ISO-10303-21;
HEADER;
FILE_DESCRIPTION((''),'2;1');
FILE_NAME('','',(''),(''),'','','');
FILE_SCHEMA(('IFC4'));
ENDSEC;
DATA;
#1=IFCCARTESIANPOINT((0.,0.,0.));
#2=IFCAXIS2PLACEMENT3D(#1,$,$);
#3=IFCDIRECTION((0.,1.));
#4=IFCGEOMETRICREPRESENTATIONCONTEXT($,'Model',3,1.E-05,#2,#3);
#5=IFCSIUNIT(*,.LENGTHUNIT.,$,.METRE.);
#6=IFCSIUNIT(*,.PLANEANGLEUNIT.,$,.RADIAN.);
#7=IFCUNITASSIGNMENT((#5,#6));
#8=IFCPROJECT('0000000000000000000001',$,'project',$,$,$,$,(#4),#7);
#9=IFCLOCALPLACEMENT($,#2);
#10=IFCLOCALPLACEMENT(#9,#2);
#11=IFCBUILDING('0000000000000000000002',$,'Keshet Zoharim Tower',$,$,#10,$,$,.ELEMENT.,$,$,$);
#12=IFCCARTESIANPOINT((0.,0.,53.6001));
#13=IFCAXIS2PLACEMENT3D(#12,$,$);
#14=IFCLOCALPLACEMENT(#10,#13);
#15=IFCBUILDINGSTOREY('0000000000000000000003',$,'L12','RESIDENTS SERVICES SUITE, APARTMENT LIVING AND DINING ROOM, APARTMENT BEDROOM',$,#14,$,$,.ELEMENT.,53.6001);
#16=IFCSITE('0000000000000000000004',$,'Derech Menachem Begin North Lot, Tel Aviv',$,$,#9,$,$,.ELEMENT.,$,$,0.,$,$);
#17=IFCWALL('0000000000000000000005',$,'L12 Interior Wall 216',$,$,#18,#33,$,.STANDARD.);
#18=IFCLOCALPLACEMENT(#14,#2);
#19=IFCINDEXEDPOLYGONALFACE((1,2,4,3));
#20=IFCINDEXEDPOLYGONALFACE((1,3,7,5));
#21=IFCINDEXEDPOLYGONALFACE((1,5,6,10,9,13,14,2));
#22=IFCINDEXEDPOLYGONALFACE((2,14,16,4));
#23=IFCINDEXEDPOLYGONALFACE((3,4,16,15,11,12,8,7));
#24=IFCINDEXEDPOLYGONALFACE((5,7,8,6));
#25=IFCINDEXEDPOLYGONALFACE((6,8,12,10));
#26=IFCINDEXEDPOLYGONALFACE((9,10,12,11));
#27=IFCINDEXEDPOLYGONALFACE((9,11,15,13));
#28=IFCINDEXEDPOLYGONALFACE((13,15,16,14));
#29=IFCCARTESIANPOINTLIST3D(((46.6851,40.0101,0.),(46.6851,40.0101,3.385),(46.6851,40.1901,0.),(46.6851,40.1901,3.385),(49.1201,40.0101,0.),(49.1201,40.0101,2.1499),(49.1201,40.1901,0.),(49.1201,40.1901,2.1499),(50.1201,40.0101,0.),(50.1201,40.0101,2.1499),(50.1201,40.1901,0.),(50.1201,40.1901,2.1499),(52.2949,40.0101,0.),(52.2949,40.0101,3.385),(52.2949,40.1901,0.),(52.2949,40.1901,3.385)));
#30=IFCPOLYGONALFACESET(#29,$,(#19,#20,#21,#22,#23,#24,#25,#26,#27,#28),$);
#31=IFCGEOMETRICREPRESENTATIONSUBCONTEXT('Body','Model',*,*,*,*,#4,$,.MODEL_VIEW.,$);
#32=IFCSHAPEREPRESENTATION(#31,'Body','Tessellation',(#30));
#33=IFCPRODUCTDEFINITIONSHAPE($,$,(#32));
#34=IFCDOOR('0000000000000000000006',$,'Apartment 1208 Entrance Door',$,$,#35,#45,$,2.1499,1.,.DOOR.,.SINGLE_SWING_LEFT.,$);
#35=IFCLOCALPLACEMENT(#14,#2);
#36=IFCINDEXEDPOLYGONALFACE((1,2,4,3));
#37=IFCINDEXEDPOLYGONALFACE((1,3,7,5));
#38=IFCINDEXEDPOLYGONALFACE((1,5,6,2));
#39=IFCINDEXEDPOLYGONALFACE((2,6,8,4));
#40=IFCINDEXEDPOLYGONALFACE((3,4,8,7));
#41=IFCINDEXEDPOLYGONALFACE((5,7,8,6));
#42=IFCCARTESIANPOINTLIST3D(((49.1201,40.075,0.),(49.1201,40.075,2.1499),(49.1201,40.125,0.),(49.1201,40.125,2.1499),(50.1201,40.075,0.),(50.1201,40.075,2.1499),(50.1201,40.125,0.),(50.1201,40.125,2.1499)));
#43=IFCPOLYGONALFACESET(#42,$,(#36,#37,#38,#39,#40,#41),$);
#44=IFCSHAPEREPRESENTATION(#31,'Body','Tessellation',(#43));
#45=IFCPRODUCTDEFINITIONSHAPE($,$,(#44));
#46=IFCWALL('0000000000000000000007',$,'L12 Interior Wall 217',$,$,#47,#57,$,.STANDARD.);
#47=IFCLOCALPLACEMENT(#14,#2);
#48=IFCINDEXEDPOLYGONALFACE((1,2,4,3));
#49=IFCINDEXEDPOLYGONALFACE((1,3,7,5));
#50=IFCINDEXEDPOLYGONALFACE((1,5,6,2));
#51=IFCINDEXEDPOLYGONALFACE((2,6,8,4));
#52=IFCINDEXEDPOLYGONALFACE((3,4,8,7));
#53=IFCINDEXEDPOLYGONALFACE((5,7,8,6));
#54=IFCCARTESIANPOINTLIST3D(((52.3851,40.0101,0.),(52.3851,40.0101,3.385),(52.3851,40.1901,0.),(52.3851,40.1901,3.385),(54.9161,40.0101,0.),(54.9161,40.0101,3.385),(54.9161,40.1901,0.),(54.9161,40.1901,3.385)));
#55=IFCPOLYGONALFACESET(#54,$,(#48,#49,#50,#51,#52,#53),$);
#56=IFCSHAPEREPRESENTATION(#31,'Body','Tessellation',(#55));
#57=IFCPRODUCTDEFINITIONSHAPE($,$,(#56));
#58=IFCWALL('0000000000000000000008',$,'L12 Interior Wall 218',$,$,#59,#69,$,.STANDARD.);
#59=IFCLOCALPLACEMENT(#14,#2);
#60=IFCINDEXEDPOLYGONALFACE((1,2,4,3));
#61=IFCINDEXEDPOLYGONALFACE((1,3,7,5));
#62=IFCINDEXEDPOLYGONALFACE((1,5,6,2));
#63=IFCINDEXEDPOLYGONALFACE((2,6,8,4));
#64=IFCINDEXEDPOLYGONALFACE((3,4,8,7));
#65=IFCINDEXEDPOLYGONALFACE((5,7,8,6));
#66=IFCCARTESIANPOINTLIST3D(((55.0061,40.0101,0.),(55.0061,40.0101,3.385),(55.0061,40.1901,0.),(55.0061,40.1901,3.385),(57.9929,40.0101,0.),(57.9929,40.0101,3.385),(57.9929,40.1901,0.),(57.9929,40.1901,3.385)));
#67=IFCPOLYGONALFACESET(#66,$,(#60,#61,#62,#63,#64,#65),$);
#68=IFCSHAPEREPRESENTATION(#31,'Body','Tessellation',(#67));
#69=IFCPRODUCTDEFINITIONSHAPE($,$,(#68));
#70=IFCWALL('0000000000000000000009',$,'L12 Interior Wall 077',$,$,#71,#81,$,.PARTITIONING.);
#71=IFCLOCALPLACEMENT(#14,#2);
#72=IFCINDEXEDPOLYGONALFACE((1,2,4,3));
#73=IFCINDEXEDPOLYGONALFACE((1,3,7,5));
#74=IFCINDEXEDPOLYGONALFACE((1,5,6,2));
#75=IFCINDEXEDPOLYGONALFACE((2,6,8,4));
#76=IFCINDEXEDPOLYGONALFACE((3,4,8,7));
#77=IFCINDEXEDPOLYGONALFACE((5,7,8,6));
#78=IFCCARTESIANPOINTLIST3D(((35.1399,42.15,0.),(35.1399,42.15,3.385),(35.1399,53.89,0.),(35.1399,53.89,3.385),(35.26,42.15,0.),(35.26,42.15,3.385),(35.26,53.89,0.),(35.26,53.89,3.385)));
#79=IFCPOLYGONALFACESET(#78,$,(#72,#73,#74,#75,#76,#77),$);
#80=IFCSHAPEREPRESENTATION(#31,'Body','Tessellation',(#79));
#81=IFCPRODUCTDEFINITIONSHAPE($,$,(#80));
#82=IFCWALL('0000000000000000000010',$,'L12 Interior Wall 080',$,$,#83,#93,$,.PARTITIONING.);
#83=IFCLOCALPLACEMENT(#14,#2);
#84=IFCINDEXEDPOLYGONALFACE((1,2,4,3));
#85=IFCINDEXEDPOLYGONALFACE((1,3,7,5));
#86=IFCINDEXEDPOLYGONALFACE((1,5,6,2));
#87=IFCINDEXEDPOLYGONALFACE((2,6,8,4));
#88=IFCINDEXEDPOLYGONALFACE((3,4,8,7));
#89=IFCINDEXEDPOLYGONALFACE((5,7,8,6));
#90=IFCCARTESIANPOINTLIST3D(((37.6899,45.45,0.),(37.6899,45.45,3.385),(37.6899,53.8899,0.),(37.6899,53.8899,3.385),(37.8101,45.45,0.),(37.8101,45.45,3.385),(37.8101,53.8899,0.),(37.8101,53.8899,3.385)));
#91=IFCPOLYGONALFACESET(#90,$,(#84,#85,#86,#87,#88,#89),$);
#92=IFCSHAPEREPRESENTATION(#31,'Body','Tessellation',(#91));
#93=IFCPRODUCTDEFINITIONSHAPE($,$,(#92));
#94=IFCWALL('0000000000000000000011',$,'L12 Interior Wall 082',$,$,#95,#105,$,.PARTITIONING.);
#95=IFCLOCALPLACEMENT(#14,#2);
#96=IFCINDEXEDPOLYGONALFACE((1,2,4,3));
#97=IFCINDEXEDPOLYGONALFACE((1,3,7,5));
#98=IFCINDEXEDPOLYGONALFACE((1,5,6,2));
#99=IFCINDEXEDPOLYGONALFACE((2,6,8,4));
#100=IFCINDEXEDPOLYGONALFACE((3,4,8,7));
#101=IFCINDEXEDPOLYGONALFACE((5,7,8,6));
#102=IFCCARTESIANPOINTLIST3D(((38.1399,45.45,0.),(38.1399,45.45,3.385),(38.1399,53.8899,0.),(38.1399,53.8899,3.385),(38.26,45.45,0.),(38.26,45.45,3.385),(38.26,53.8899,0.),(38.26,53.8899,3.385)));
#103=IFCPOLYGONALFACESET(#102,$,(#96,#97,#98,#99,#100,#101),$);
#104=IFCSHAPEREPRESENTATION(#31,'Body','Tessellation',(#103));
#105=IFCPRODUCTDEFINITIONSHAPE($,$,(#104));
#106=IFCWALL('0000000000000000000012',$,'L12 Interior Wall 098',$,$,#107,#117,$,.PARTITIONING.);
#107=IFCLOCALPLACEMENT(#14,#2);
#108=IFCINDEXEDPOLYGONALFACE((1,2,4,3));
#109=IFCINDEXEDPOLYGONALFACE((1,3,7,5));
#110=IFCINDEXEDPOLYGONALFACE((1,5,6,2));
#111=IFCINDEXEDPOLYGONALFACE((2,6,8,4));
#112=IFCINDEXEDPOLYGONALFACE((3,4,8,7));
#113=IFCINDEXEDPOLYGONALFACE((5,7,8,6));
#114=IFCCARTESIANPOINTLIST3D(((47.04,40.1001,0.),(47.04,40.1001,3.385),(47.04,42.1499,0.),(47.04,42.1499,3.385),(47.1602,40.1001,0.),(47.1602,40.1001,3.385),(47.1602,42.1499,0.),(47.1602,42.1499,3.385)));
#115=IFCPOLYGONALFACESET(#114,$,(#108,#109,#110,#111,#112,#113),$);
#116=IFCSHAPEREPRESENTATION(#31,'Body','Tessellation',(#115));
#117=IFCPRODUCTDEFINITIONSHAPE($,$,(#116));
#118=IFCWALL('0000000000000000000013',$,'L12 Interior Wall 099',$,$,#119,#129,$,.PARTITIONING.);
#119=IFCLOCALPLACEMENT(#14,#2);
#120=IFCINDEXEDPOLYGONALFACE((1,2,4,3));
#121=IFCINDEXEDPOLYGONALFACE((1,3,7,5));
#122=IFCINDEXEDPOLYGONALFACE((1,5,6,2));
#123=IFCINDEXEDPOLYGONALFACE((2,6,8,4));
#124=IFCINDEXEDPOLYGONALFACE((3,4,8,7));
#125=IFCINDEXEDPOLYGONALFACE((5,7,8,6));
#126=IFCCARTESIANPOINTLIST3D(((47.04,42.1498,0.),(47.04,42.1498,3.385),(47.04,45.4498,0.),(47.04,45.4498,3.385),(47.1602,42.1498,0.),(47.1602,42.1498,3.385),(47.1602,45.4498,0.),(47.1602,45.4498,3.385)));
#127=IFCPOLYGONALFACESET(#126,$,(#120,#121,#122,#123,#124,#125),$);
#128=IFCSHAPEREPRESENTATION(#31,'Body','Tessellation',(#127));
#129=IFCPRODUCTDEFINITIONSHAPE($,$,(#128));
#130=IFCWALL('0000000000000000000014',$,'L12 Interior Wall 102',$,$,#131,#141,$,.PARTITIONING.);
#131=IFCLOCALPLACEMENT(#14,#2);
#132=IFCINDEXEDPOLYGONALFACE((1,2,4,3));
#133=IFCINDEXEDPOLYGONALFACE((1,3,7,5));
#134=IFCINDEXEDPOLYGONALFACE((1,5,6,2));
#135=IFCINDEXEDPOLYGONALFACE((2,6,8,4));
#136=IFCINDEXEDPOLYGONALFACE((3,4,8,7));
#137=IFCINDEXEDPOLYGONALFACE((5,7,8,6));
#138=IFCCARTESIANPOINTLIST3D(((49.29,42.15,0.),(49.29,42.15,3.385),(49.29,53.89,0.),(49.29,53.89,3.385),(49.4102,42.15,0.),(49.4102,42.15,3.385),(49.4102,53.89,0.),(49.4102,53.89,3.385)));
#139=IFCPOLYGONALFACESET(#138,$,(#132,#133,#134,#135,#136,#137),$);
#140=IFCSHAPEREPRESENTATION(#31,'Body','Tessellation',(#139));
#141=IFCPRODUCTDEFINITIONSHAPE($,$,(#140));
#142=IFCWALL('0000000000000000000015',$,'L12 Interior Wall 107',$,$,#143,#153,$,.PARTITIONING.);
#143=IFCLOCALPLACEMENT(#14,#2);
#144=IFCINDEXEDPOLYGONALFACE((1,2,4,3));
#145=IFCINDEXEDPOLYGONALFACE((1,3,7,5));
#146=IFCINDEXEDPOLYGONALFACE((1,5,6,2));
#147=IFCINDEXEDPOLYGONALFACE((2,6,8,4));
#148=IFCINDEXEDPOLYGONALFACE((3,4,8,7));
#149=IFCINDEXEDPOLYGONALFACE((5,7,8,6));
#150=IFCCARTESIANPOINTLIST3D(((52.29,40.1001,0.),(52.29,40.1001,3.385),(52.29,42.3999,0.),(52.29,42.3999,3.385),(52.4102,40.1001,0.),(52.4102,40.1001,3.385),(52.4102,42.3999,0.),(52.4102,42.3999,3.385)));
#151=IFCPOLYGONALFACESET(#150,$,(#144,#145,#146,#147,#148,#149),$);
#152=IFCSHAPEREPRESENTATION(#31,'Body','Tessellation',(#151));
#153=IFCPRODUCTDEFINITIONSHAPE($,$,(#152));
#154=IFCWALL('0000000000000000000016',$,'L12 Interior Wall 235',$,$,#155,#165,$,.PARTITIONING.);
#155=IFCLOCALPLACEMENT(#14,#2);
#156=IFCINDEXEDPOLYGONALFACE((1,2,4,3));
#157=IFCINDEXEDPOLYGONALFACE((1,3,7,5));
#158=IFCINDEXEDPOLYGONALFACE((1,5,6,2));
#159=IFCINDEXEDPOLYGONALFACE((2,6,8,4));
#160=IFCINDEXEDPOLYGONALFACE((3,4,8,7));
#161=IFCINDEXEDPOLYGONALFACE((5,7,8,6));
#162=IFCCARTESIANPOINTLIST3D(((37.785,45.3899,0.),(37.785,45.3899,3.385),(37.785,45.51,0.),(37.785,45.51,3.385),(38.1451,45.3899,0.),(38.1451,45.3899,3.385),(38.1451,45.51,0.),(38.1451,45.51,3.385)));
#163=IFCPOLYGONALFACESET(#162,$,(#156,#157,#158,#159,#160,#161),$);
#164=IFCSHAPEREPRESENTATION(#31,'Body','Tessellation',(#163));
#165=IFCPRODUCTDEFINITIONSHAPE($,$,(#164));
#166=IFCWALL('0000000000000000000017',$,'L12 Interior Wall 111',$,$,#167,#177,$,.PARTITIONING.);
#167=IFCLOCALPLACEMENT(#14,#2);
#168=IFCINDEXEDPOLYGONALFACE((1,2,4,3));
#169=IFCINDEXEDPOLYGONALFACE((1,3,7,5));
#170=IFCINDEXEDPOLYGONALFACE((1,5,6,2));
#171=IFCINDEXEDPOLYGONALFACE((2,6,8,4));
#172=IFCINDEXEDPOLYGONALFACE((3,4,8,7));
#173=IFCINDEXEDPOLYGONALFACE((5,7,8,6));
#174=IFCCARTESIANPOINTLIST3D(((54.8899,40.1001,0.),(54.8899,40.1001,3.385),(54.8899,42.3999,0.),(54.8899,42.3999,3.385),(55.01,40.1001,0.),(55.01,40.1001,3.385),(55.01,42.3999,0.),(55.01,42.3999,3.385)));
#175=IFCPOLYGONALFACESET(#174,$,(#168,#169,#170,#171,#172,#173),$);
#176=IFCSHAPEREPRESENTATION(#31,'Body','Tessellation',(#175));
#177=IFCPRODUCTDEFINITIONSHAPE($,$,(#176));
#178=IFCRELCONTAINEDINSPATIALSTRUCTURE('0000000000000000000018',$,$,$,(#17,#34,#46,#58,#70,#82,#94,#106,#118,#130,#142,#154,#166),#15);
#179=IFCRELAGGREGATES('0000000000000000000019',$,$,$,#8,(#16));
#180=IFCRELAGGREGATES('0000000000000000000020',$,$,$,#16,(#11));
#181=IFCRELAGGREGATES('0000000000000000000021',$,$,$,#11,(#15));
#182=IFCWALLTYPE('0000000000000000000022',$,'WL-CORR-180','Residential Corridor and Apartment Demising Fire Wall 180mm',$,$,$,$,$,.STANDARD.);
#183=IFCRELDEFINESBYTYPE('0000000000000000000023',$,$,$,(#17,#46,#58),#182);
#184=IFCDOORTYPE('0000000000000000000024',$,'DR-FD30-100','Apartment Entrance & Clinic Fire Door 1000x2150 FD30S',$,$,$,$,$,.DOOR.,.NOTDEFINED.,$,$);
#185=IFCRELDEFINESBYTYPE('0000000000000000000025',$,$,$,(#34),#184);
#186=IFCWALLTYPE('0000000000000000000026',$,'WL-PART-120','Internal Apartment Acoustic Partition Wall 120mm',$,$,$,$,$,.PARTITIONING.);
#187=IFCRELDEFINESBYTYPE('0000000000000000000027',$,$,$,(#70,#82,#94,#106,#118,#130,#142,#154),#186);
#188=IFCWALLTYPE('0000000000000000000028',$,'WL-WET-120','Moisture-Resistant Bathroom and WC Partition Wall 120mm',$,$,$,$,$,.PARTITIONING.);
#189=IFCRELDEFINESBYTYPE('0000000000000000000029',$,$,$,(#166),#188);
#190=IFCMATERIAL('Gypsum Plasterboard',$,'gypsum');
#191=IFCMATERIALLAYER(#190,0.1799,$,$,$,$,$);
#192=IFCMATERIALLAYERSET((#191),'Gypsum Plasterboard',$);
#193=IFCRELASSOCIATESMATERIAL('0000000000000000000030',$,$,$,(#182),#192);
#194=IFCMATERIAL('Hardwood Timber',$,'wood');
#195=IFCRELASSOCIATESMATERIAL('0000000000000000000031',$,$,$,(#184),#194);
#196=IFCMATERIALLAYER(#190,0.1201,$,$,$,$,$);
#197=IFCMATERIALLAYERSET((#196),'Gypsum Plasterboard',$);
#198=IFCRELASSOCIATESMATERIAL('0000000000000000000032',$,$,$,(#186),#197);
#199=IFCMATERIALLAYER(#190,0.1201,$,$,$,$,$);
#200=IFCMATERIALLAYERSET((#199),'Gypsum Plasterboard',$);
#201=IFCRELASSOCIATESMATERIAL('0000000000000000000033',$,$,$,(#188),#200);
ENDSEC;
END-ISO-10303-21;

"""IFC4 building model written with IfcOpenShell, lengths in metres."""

from ifc_helpers import new_model, si_unit, direction, frame, frame_2d, origin, place, context, subcontext, project, spatial, rectangle, extrude, material, layer, layer_set, type_object, element, fill, save


model = new_model("IFC4")

# Units and contexts
model_context = context("Model", 3, precision=1e-05, world=origin(), true_north=direction((0.0, 1.0)))
body_context = subcontext(model_context, "Body", "Model", "MODEL_VIEW")
ifc_project = project(units=[si_unit("LENGTHUNIT", "METRE"), si_unit("PLANEANGLEUNIT", "RADIAN")], contexts=[model_context])

# Site, building, storey
site_placement = place(None, origin())
site = spatial("IfcSite", under=ifc_project, at=site_placement, Name="Derech Menachem Begin North Lot, Tel Aviv", CompositionType="ELEMENT", RefElevation=0.0)
building_placement = place(site_placement, origin())
building = spatial("IfcBuilding", under=site, at=building_placement, Name="Keshet Zoharim Tower", CompositionType="ELEMENT")
storey_placement = place(building_placement, frame((0.0, 0.0, 53.6001)))
storey = spatial("IfcBuildingStorey", under=building, at=storey_placement, Name="L12", Description="RESIDENTS SERVICES SUITE, APARTMENT LIVING AND DINING ROOM, APARTMENT BEDROOM", CompositionType="ELEMENT", Elevation=53.6001)

# Wall, opening, door
ifc_material_1 = material(Name="Gypsum Plasterboard", Category="gypsum")
ifc_layer_1 = layer(ifc_material_1, 0.1799)
ifc_layer_set_1 = layer_set([ifc_layer_1], Name="Gypsum Plasterboard")
wall_type_1 = type_object("IfcWallType", Name="WL-CORR-180", Description="Residential Corridor and Apartment Demising Fire Wall 180mm", PredefinedType="STANDARD", material=ifc_layer_set_1)
wall_1_placement = place(storey_placement, frame((46.6851, 40.1001, 0.0), z_axis=(0.0, 0.0, 1.0), x_axis=(1.0, 0.0, 0.0)))
wall_1 = element("IfcWall", 1, at=wall_1_placement, inside=storey, type_object=wall_type_1, Name="L12 Interior Wall 216", PredefinedType="STANDARD", context=body_context, shape_type="SweptSolid", body=[
    extrude(rectangle(XDim=5.6099, YDim=0.1799, at=frame_2d((2.8049, 0.0))), origin(), (0.0, 0.0, 1.0), 3.385),
])
opening_1_placement = place(wall_1_placement, frame((2.4351, 0.0, 0.0)))
opening_1 = element("IfcOpeningElement", 2, at=opening_1_placement, cuts=wall_1, PredefinedType="OPENING", context=body_context, shape_type="SweptSolid", body=[
    extrude(rectangle(XDim=1.0, YDim=2.1499, at=frame_2d((0.5, 1.075))), frame((0.0, 0.1001, 0.0), z_axis=(0.0, -1.0, 0.0), x_axis=(1.0, 0.0, 0.0)), (0.0, 0.0, 1.0), 0.2),
])
ifc_material_2 = material(Name="Hardwood Timber", Category="wood")
door_type_1 = type_object("IfcDoorType", Name="DR-FD30-100", Description="Apartment Entrance & Clinic Fire Door 1000x2150 FD30S", OperationType="NOTDEFINED", PredefinedType="DOOR", material=ifc_material_2)
door_1_placement = place(opening_1_placement, origin())
door_1 = element("IfcDoor", 3, at=door_1_placement, inside=storey, type_object=door_type_1, Name="Apartment 1208 Entrance Door", OperationType="SINGLE_SWING_LEFT", OverallHeight=2.1499, OverallWidth=1.0, PredefinedType="DOOR", context=body_context, shape_type="SweptSolid", body=[
    extrude(rectangle(XDim=1.0, YDim=2.1499, at=frame_2d((0.5, 1.075))), frame((0.0, 0.0249, 0.0), z_axis=(0.0, -1.0, 0.0), x_axis=(1.0, 0.0, 0.0)), (0.0, 0.0, 1.0), 0.05),
])
fill(opening_1, door_1)

# Walls
wall_2_placement = place(storey_placement, frame((52.385, 40.1001, 0.0), z_axis=(0.0, 0.0, 1.0), x_axis=(1.0, 0.0, 0.0)))
element("IfcWall", 4, at=wall_2_placement, inside=storey, type_object=wall_type_1, Name="L12 Interior Wall 217", PredefinedType="STANDARD", context=body_context, shape_type="SweptSolid", body=[
    extrude(rectangle(XDim=2.531, YDim=0.1799, at=frame_2d((1.2656, 0.0))), origin(), (0.0, 0.0, 1.0), 3.385),
])
wall_3_placement = place(storey_placement, frame((55.0061, 40.1001, 0.0), z_axis=(0.0, 0.0, 1.0), x_axis=(1.0, 0.0, 0.0)))
element("IfcWall", 5, at=wall_3_placement, inside=storey, type_object=wall_type_1, Name="L12 Interior Wall 218", PredefinedType="STANDARD", context=body_context, shape_type="SweptSolid", body=[
    extrude(rectangle(XDim=2.9868, YDim=0.1799, at=frame_2d((1.4934, 0.0))), origin(), (0.0, 0.0, 1.0), 3.385),
])

# Walls
ifc_layer_2 = layer(ifc_material_1, 0.1201)
ifc_layer_set_2 = layer_set([ifc_layer_2], Name="Gypsum Plasterboard")
wall_type_2 = type_object("IfcWallType", Name="WL-PART-120", Description="Internal Apartment Acoustic Partition Wall 120mm", PredefinedType="PARTITIONING", material=ifc_layer_set_2)
wall_4_placement = place(storey_placement, frame((35.2, 42.1499, 0.0), z_axis=(0.0, 0.0, 1.0), x_axis=(0.0, 1.0, 0.0)))
element("IfcWall", 6, at=wall_4_placement, inside=storey, type_object=wall_type_2, Name="L12 Interior Wall 077", PredefinedType="PARTITIONING", context=body_context, shape_type="SweptSolid", body=[
    extrude(rectangle(XDim=11.74, YDim=0.1201, at=frame_2d((5.8701, 0.0))), origin(), (0.0, 0.0, 1.0), 3.385),
])
for number, where, z_axis, x_axis, name in (
    (7, (37.75, 45.45, 0.0), (0.0, 0.0, 1.0), (0.0, 1.0, 0.0), "L12 Interior Wall 080"),
    (8, (38.2, 45.45, 0.0), (0.0, 0.0, 1.0), (0.0, 1.0, 0.0), "L12 Interior Wall 082"),
):
    element("IfcWall", number, at=place(storey_placement, frame(where, z_axis=z_axis, x_axis=x_axis)), inside=storey, type_object=wall_type_2, Name=name, PredefinedType="PARTITIONING", context=body_context, shape_type="SweptSolid", body=[
        extrude(rectangle(XDim=8.4399, YDim=0.1201, at=frame_2d((4.22, 0.0))), origin(), (0.0, 0.0, 1.0), 3.385),
    ])
wall_5_placement = place(storey_placement, frame((47.1001, 40.1001, 0.0), z_axis=(0.0, 0.0, 1.0), x_axis=(0.0, 1.0, 0.0)))
element("IfcWall", 9, at=wall_5_placement, inside=storey, type_object=wall_type_2, Name="L12 Interior Wall 098", PredefinedType="PARTITIONING", context=body_context, shape_type="SweptSolid", body=[
    extrude(rectangle(XDim=2.0498, YDim=0.1201, at=frame_2d((1.0249, 0.0))), origin(), (0.0, 0.0, 1.0), 3.385),
])
wall_6_placement = place(storey_placement, frame((47.1001, 42.1499, 0.0), z_axis=(0.0, 0.0, 1.0), x_axis=(0.0, 1.0, 0.0)))
element("IfcWall", 10, at=wall_6_placement, inside=storey, type_object=wall_type_2, Name="L12 Interior Wall 099", PredefinedType="PARTITIONING", context=body_context, shape_type="SweptSolid", body=[
    extrude(rectangle(XDim=3.3, YDim=0.1201, at=frame_2d((1.6499, 0.0))), origin(), (0.0, 0.0, 1.0), 3.385),
])
wall_7_placement = place(storey_placement, frame((49.3501, 42.1499, 0.0), z_axis=(0.0, 0.0, 1.0), x_axis=(0.0, 1.0, 0.0)))
element("IfcWall", 11, at=wall_7_placement, inside=storey, type_object=wall_type_2, Name="L12 Interior Wall 102", PredefinedType="PARTITIONING", context=body_context, shape_type="SweptSolid", body=[
    extrude(rectangle(XDim=11.74, YDim=0.1201, at=frame_2d((5.8701, 0.0))), origin(), (0.0, 0.0, 1.0), 3.385),
])
wall_8_placement = place(storey_placement, frame((52.3501, 40.1001, 0.0), z_axis=(0.0, 0.0, 1.0), x_axis=(0.0, 1.0, 0.0)))
element("IfcWall", 12, at=wall_8_placement, inside=storey, type_object=wall_type_2, Name="L12 Interior Wall 107", PredefinedType="PARTITIONING", context=body_context, shape_type="SweptSolid", body=[
    extrude(rectangle(XDim=2.2998, YDim=0.1201, at=frame_2d((1.1499, 0.0))), origin(), (0.0, 0.0, 1.0), 3.385),
])

# Walls
wall_9_placement = place(storey_placement, frame((37.7849, 45.45, 0.0), z_axis=(0.0, 0.0, 1.0), x_axis=(1.0, 0.0, 0.0)))
element("IfcWall", 13, at=wall_9_placement, inside=storey, type_object=wall_type_2, Name="L12 Interior Wall 235", PredefinedType="PARTITIONING", context=body_context, shape_type="SweptSolid", body=[
    extrude(rectangle(XDim=0.3601, YDim=0.1201, at=frame_2d((0.1802, 0.0))), origin(), (0.0, 0.0, 1.0), 3.385),
])
ifc_layer_3 = layer(ifc_material_1, 0.1201)
ifc_layer_set_3 = layer_set([ifc_layer_3], Name="Gypsum Plasterboard")
wall_type_3 = type_object("IfcWallType", Name="WL-WET-120", Description="Moisture-Resistant Bathroom and WC Partition Wall 120mm", PredefinedType="PARTITIONING", material=ifc_layer_set_3)
wall_10_placement = place(storey_placement, frame((54.95, 40.1001, 0.0), z_axis=(0.0, 0.0, 1.0), x_axis=(0.0, 1.0, 0.0)))
element("IfcWall", 14, at=wall_10_placement, inside=storey, type_object=wall_type_3, Name="L12 Interior Wall 111", PredefinedType="PARTITIONING", context=body_context, shape_type="SweptSolid", body=[
    extrude(rectangle(XDim=2.2998, YDim=0.1201, at=frame_2d((1.1499, 0.0))), origin(), (0.0, 0.0, 1.0), 3.385),
])

save(model, "model.ifc")
